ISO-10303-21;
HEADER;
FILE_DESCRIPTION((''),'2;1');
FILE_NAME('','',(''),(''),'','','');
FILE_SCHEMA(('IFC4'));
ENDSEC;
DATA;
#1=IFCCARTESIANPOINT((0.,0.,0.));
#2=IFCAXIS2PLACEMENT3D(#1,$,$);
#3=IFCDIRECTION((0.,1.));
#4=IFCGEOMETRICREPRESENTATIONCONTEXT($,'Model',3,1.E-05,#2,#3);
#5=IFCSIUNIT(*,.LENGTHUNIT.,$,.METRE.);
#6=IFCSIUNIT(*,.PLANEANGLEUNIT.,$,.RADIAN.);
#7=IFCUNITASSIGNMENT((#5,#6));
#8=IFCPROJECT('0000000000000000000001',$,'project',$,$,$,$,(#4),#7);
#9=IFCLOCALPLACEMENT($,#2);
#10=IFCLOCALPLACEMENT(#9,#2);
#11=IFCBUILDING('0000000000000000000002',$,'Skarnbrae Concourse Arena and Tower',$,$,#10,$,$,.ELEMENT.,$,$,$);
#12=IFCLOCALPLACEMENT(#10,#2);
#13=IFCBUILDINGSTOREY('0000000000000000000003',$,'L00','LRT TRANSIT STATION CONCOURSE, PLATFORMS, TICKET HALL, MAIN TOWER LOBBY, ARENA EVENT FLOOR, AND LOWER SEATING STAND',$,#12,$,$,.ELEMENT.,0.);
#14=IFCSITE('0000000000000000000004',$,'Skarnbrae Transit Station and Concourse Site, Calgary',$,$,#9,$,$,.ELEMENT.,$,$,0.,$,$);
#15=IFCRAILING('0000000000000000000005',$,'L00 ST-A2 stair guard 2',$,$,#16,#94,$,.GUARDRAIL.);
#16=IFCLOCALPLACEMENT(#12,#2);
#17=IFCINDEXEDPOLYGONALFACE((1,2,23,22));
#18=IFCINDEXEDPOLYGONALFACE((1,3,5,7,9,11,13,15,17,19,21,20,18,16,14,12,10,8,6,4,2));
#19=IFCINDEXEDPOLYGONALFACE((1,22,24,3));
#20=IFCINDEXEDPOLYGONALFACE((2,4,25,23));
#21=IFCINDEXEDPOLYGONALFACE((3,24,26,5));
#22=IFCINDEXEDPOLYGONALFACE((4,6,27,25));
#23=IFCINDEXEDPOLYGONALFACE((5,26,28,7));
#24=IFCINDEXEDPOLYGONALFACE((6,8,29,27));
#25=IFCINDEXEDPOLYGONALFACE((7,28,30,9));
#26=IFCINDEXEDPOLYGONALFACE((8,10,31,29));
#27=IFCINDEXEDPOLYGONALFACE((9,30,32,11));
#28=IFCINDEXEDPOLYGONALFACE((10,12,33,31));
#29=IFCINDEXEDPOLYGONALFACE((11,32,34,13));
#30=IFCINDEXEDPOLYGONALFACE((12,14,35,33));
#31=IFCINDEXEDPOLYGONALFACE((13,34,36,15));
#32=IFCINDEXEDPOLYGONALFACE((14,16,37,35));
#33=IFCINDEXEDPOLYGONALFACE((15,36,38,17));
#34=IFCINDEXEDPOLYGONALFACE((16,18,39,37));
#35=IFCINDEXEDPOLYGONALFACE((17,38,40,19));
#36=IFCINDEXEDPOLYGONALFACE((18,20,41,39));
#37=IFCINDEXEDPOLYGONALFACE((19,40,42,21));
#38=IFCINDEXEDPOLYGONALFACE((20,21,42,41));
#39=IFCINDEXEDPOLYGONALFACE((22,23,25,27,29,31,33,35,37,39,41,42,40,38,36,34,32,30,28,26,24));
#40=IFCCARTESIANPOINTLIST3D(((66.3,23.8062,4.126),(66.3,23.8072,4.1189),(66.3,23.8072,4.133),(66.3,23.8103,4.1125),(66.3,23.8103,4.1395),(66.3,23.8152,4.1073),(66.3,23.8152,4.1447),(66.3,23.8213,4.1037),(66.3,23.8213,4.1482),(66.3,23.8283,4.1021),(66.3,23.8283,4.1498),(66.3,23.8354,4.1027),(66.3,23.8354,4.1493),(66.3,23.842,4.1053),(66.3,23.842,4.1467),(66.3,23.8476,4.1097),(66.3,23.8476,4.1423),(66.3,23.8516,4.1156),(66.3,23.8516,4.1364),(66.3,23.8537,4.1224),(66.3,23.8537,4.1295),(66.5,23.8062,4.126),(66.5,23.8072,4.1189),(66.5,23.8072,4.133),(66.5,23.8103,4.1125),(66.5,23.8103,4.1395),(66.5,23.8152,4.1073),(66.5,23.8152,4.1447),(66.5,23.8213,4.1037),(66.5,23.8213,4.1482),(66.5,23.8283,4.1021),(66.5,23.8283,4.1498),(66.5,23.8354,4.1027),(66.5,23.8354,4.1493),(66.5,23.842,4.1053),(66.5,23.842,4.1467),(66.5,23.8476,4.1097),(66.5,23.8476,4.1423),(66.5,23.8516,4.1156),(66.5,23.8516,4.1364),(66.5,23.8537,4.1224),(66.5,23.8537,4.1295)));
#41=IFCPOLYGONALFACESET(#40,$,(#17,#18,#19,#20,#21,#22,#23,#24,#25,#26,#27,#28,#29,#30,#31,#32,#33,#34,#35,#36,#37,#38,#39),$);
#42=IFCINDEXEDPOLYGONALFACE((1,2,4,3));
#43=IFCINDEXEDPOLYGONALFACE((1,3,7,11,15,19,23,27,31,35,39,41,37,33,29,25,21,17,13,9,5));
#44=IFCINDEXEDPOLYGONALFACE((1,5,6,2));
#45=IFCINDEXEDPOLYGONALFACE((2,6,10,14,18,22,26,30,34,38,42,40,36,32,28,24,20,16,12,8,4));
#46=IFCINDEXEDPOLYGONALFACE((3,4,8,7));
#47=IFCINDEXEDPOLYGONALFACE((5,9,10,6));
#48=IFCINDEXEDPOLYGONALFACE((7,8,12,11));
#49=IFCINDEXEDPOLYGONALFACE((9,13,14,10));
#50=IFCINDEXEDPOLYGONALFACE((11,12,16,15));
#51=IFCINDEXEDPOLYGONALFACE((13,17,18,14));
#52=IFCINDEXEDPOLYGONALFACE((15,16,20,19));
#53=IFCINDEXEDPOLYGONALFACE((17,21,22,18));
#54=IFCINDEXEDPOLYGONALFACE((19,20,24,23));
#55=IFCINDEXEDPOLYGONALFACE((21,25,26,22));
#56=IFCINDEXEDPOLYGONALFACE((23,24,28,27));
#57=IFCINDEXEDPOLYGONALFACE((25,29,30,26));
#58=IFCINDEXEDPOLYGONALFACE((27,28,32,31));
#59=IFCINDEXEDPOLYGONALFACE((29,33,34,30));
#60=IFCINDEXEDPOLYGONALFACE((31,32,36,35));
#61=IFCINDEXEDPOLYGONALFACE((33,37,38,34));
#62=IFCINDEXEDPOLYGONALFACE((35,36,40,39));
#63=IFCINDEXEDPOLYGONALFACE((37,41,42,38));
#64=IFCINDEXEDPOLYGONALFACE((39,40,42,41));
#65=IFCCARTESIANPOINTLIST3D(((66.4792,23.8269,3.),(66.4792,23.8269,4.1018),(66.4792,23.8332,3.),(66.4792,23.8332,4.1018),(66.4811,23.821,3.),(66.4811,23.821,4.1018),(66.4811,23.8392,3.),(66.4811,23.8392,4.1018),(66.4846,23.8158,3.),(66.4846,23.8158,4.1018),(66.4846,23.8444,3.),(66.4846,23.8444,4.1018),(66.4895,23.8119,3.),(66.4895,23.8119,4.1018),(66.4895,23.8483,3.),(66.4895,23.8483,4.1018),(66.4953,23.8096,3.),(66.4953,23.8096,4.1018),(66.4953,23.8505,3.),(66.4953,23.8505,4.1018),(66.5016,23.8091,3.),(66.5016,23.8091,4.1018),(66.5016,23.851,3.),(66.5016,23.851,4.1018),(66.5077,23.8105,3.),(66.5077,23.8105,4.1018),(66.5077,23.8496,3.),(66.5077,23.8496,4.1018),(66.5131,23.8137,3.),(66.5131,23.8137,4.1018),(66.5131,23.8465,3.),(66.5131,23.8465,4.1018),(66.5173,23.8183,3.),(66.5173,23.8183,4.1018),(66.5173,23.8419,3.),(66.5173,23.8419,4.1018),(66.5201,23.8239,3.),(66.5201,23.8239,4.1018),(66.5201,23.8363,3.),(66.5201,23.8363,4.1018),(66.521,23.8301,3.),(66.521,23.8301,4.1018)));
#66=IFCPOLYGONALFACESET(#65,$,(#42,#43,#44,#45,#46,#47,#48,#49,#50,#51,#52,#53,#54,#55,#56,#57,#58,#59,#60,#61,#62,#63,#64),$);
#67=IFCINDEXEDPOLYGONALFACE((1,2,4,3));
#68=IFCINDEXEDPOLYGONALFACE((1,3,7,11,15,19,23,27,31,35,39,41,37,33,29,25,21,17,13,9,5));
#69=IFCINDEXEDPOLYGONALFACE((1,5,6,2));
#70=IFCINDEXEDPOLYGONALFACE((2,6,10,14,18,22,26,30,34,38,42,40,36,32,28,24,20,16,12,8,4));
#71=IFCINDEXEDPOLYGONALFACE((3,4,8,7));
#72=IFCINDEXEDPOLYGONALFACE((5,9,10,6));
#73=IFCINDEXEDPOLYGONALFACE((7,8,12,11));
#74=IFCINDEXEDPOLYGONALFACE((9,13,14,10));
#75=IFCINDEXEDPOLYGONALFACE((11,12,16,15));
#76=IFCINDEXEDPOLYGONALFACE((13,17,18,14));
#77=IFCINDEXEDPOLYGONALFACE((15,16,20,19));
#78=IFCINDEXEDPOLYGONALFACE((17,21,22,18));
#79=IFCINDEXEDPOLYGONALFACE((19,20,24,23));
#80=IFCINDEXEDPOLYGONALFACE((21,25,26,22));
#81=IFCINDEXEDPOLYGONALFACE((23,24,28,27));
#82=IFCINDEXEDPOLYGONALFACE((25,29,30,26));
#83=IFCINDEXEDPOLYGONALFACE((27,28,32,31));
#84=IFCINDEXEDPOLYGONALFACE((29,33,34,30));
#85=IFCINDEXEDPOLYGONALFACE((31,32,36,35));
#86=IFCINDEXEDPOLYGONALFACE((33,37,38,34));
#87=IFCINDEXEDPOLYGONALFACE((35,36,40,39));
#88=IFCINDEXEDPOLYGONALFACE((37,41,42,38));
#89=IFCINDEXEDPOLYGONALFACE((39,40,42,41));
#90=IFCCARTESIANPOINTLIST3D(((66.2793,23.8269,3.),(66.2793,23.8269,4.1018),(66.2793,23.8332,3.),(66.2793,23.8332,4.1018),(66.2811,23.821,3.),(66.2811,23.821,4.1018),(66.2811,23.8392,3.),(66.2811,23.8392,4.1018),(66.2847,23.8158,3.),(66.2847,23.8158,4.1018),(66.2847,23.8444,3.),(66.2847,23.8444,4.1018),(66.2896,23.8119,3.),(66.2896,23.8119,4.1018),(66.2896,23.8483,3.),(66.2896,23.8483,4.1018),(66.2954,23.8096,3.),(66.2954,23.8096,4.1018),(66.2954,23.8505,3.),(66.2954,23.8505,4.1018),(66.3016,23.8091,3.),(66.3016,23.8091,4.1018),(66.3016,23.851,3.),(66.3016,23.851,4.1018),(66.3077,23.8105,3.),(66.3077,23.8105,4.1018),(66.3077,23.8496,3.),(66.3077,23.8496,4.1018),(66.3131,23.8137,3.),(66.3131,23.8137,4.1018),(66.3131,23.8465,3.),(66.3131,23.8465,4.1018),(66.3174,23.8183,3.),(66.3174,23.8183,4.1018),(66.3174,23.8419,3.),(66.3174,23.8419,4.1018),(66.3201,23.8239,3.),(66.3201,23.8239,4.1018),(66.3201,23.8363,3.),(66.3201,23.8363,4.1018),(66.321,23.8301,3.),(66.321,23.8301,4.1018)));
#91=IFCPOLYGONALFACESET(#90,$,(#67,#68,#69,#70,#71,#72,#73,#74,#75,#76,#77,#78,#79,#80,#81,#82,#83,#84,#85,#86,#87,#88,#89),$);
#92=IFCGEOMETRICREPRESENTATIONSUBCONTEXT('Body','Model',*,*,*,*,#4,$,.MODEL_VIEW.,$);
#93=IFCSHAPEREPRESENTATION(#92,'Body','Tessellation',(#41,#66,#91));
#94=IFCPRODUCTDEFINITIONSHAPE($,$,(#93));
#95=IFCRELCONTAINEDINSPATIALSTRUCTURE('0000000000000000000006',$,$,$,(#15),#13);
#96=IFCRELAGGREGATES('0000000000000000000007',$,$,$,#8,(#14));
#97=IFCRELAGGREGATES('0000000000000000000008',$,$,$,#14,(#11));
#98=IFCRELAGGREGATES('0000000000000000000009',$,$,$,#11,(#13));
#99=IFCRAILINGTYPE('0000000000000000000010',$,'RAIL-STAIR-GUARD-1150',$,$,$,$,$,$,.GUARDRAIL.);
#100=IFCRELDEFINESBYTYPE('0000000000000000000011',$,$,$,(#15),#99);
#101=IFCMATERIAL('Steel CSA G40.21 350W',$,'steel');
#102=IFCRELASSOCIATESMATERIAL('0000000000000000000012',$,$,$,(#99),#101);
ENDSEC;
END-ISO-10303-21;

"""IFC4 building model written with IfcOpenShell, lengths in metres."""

from ifc_helpers import new_model, si_unit, direction, frame, origin, origin_2d, place, context, subcontext, project, spatial, circle, extrude, material, type_object, element, save


model = new_model("IFC4")

# Units and contexts
model_context = context("Model", 3, precision=1e-05, world=origin(), true_north=direction((0.0, 1.0)))
body_context = subcontext(model_context, "Body", "Model", "MODEL_VIEW")
ifc_project = project(units=[si_unit("LENGTHUNIT", "METRE"), si_unit("PLANEANGLEUNIT", "RADIAN")], contexts=[model_context])

# Site, building, storey
site_placement = place(None, origin())
site = spatial("IfcSite", under=ifc_project, at=site_placement, Name="Skarnbrae Transit Station and Concourse Site, Calgary", CompositionType="ELEMENT", RefElevation=0.0)
building_placement = place(site_placement, origin())
building = spatial("IfcBuilding", under=site, at=building_placement, Name="Skarnbrae Concourse Arena and Tower", CompositionType="ELEMENT")
storey_placement = place(building_placement, origin())
storey = spatial("IfcBuildingStorey", under=building, at=storey_placement, Name="L00", Description="LRT TRANSIT STATION CONCOURSE, PLATFORMS, TICKET HALL, MAIN TOWER LOBBY, ARENA EVENT FLOOR, AND LOWER SEATING STAND", CompositionType="ELEMENT", Elevation=0.0)

# Shared definitions
ifc_material_1 = material(Name="Steel CSA G40.21 350W", Category="steel")

# Railing
railing_type_1 = type_object("IfcRailingType", Name="RAIL-STAIR-GUARD-1150", PredefinedType="GUARDRAIL", material=ifc_material_1)
railing_1_placement = place(storey_placement, frame((66.5, 23.8301, 3.0)))
element("IfcRailing", 1, at=railing_1_placement, inside=storey, type_object=railing_type_1, Name="L00 ST-A2 stair guard 2", PredefinedType="GUARDRAIL", context=body_context, shape_type="SweptSolid", body=[
    extrude(circle(Radius=0.0239, at=origin_2d()), frame((0.0, 0.0, 1.126), z_axis=(-1.0, 0.0, 0.0), x_axis=(0.0, -1.0, 0.0)), (0.0, 0.0, 1.0), 0.2),
    extrude(circle(Radius=0.021, at=origin_2d()), origin(), (0.0, 0.0, 1.0), 1.1018),
    extrude(circle(Radius=0.021, at=origin_2d()), frame((-0.2, 0.0, 0.0)), (0.0, 0.0, 1.0), 1.1018),
])

save(model, "model.ifc")
